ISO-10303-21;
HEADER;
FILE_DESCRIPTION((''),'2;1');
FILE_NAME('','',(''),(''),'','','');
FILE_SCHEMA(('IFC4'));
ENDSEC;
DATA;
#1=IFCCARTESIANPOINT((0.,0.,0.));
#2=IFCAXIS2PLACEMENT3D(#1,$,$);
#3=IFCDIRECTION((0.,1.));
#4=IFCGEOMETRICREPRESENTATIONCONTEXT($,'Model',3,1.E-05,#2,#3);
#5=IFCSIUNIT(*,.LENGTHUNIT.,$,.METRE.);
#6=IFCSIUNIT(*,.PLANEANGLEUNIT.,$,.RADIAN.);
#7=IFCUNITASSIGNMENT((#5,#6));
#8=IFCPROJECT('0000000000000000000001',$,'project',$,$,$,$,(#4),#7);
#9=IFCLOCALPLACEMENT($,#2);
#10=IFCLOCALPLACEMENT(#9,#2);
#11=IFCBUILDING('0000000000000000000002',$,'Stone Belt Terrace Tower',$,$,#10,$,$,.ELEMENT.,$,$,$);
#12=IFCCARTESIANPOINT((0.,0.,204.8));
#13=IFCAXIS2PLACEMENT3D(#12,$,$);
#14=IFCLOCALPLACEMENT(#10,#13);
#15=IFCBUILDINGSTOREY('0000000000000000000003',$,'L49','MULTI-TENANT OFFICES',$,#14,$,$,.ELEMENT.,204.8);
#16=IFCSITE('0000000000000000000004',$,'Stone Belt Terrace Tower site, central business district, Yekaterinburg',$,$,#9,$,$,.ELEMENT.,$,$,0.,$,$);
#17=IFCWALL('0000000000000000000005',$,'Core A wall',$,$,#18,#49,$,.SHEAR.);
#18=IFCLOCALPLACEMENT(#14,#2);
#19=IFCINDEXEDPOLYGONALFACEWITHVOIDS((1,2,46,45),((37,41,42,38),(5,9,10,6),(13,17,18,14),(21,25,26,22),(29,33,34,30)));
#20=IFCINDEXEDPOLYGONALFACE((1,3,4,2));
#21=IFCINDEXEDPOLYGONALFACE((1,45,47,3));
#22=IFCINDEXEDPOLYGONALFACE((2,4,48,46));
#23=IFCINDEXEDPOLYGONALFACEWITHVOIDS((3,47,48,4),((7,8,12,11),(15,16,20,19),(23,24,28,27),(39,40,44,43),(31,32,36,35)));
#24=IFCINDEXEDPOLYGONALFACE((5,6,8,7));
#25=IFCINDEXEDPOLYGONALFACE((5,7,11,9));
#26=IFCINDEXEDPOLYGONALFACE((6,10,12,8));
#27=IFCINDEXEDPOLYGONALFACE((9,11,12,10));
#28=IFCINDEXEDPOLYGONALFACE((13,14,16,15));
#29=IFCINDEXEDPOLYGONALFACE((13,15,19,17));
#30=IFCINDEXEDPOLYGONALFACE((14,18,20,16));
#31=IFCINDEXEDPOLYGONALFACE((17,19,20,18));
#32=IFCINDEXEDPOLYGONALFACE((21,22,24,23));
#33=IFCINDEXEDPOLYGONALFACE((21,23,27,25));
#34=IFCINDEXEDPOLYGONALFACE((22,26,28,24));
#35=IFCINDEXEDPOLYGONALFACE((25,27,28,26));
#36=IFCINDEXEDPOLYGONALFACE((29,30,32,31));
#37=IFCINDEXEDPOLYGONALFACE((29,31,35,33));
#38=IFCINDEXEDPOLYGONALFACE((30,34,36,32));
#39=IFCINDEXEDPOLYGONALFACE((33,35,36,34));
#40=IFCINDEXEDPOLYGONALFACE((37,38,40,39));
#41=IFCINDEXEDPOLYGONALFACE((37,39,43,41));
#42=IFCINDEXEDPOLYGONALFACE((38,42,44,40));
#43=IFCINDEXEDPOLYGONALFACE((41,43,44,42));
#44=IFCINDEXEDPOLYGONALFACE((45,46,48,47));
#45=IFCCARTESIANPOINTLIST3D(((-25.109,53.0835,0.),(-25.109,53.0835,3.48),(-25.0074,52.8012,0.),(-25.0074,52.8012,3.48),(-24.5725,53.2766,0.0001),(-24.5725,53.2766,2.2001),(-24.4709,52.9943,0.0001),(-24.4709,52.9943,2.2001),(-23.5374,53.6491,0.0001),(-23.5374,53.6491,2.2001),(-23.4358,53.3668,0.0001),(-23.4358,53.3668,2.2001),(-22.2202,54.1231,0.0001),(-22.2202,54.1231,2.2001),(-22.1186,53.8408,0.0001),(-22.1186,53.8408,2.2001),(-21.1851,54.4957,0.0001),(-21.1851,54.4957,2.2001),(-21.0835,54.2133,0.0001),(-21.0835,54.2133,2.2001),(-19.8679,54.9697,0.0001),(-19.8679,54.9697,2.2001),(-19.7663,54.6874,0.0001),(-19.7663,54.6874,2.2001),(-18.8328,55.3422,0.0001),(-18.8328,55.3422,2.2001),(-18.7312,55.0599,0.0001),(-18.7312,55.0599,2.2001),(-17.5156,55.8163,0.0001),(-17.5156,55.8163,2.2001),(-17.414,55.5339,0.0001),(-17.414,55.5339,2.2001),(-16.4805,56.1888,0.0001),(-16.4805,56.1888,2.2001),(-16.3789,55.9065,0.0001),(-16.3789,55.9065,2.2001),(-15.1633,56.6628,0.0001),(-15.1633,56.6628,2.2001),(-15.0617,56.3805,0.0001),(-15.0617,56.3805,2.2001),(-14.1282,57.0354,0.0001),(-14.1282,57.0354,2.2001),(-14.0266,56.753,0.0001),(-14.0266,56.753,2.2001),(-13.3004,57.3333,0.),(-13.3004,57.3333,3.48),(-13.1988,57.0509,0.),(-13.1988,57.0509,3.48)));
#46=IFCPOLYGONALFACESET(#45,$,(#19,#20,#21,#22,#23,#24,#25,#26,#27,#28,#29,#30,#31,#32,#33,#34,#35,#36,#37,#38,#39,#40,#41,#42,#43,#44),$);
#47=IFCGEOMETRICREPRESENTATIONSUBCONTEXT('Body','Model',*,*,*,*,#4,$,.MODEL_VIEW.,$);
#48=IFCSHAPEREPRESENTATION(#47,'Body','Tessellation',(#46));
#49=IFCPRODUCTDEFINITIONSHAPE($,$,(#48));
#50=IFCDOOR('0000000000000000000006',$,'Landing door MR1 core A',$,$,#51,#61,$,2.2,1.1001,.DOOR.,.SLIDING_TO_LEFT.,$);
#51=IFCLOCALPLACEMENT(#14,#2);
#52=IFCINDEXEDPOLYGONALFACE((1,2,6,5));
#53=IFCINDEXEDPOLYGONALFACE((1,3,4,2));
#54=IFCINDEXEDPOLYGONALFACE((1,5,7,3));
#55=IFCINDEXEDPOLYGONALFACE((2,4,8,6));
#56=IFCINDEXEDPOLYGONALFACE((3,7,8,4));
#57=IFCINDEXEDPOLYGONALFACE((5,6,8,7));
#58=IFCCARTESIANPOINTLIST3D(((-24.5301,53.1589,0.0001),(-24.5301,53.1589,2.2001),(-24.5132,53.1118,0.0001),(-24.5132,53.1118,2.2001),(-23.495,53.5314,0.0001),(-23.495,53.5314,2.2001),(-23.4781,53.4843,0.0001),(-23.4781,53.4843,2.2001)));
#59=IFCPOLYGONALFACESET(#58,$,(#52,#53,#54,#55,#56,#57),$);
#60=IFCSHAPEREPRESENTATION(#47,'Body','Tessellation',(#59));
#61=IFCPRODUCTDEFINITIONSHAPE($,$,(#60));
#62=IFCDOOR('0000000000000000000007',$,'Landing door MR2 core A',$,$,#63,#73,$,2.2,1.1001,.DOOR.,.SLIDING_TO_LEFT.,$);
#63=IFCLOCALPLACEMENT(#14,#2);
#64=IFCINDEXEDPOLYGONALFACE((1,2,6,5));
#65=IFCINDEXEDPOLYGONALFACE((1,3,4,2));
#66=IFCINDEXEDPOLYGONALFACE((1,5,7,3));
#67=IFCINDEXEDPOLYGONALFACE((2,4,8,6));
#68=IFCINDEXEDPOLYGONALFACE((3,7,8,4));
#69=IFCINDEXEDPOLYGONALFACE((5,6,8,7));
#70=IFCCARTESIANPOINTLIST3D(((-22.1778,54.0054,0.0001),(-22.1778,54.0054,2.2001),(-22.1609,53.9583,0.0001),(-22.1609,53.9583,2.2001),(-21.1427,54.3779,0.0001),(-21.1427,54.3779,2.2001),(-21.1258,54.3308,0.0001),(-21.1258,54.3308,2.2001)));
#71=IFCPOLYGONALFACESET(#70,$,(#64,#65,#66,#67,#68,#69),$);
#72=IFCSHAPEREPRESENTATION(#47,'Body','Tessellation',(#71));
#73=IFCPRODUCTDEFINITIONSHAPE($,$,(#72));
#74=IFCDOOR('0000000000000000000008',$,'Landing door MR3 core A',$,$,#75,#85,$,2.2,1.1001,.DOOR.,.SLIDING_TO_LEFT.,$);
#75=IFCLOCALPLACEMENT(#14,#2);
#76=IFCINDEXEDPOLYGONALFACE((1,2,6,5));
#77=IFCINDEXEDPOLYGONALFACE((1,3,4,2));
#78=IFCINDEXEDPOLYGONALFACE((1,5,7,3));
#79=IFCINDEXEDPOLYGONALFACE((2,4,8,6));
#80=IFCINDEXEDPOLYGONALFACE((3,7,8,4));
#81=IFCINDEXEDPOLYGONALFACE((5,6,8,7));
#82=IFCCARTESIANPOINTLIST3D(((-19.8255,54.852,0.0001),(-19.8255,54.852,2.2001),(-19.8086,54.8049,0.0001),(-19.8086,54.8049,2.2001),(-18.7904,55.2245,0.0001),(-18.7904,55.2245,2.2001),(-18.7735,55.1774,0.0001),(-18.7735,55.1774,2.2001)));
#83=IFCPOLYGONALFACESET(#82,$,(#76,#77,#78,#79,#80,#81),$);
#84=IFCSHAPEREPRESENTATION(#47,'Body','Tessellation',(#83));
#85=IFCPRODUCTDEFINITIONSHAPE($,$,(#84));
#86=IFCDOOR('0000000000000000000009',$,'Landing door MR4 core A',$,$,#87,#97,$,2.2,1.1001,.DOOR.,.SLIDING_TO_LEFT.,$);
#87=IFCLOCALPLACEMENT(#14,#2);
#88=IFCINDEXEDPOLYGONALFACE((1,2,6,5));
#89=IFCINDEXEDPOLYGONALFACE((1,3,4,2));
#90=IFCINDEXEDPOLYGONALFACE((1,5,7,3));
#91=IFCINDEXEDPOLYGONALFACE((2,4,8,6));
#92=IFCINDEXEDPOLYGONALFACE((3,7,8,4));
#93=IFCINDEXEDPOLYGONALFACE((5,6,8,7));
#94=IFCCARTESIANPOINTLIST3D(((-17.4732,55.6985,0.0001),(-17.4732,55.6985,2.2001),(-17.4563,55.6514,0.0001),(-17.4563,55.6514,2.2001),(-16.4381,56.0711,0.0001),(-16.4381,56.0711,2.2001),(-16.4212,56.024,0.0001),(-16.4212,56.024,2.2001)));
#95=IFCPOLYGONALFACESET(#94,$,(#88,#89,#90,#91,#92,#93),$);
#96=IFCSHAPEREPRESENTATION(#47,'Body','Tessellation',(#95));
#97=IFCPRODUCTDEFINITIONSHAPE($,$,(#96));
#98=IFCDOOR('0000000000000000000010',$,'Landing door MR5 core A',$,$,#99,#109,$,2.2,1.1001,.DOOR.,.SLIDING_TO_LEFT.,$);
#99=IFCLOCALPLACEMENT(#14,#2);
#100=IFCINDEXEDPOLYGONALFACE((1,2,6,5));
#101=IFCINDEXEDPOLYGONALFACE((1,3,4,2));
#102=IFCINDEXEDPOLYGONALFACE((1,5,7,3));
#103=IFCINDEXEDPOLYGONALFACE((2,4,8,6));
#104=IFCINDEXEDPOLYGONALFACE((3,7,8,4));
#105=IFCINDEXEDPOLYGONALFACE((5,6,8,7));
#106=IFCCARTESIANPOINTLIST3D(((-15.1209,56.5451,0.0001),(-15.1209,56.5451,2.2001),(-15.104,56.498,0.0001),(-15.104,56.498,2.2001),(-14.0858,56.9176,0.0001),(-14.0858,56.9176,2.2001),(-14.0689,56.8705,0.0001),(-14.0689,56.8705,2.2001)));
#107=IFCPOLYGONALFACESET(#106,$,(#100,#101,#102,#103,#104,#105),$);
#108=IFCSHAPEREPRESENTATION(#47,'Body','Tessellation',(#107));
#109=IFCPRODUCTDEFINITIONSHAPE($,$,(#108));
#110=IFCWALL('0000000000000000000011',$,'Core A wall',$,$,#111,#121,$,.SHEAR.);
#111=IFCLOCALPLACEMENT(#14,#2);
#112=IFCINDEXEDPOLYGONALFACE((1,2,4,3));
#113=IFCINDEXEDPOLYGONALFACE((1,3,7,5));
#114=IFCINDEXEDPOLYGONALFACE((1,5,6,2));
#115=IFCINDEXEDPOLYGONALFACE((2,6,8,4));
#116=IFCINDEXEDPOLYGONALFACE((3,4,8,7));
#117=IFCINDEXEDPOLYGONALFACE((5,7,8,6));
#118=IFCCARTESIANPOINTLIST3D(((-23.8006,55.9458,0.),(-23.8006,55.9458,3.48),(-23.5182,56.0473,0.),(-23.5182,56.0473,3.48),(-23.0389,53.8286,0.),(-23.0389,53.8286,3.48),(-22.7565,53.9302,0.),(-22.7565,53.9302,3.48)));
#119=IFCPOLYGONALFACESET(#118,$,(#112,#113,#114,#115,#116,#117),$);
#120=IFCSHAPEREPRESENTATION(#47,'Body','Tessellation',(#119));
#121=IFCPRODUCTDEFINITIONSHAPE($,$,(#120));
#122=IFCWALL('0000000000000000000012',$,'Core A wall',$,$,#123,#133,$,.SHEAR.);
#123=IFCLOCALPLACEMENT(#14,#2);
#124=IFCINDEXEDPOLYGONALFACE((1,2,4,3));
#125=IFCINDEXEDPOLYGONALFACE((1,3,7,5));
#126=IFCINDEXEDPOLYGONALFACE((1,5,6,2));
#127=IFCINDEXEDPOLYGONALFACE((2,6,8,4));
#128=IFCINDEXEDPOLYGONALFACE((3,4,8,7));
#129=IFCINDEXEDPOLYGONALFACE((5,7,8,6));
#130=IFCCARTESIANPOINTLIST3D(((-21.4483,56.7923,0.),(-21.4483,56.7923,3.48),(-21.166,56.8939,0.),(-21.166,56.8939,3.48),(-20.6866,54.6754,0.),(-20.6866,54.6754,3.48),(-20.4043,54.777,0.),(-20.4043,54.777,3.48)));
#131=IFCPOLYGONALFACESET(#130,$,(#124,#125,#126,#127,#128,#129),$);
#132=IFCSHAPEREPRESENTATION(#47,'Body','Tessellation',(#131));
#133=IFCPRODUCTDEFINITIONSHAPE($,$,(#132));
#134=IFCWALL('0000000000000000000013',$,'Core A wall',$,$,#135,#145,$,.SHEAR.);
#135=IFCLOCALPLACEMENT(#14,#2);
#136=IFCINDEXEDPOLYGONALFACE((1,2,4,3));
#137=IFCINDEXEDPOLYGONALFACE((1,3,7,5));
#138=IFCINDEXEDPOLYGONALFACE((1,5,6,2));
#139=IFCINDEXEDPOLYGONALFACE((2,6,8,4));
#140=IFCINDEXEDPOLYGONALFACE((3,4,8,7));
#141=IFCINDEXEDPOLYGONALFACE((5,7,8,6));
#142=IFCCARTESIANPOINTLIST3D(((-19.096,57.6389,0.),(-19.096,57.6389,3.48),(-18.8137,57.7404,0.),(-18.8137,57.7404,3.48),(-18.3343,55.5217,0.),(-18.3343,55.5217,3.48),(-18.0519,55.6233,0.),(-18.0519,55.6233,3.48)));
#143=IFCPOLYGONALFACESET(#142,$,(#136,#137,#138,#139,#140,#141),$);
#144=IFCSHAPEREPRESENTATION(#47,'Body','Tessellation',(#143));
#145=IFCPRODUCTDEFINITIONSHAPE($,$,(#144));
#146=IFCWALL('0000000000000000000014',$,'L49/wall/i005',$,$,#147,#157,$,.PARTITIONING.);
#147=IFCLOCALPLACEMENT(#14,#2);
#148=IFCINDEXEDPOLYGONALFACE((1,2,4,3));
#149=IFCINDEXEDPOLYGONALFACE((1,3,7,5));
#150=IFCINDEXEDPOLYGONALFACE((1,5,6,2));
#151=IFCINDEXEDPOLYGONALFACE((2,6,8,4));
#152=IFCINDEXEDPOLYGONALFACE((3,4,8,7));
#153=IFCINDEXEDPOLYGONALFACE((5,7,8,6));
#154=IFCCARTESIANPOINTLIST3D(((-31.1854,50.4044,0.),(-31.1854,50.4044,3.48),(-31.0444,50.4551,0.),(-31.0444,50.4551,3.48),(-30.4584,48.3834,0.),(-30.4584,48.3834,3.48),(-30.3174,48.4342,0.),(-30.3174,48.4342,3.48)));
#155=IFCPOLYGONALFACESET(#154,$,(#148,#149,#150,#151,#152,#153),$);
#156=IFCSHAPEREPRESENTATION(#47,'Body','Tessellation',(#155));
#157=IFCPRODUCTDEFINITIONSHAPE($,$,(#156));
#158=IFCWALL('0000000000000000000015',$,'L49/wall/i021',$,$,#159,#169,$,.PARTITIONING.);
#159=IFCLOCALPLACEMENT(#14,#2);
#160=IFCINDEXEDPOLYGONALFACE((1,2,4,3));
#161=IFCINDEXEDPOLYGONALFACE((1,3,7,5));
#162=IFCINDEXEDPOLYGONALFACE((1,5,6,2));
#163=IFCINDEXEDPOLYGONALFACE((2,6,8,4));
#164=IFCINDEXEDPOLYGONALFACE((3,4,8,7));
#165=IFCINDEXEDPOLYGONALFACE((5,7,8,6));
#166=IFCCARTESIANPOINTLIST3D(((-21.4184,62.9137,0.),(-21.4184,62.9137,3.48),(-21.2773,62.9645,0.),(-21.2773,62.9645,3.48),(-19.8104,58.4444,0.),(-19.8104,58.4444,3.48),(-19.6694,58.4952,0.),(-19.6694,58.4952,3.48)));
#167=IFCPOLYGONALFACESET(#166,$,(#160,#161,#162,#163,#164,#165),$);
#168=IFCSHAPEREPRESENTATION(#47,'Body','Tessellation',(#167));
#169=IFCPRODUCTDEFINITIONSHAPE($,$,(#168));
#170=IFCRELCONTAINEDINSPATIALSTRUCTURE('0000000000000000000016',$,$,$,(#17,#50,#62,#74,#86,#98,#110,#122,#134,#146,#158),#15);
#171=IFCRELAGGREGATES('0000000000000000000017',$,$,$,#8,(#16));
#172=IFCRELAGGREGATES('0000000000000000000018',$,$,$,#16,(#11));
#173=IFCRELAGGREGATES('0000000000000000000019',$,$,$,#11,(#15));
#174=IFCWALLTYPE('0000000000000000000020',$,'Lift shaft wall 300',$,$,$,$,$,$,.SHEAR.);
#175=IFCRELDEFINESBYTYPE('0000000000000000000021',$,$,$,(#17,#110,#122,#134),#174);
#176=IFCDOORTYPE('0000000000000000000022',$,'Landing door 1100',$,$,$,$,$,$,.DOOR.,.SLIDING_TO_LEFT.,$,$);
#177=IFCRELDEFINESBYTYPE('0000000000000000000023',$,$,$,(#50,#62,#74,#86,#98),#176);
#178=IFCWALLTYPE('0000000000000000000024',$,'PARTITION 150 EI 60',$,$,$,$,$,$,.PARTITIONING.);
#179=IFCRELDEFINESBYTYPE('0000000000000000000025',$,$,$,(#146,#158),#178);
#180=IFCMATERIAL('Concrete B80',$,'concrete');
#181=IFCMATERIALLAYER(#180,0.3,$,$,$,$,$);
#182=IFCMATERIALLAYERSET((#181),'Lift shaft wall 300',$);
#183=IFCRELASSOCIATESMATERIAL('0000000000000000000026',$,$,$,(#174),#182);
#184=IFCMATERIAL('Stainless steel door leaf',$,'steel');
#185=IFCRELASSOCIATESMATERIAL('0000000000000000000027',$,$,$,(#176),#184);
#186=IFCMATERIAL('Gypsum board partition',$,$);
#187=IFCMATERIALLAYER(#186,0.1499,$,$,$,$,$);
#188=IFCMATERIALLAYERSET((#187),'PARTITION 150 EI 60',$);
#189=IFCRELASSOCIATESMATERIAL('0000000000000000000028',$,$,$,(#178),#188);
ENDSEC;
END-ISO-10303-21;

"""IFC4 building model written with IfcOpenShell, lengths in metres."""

from ifc_helpers import new_model, si_unit, direction, frame, frame_2d, origin, place, context, subcontext, project, spatial, rectangle, extrude, material, layer, layer_set, type_object, element, fill, save


model = new_model("IFC4")

# Units and contexts
model_context = context("Model", 3, precision=1e-05, world=origin(), true_north=direction((0.0, 1.0)))
body_context = subcontext(model_context, "Body", "Model", "MODEL_VIEW")
ifc_project = project(units=[si_unit("LENGTHUNIT", "METRE"), si_unit("PLANEANGLEUNIT", "RADIAN")], contexts=[model_context])

# Site, building, storey
site_placement = place(None, origin())
site = spatial("IfcSite", under=ifc_project, at=site_placement, Name="Stone Belt Terrace Tower site, central business district, Yekaterinburg", CompositionType="ELEMENT", RefElevation=0.0)
building_placement = place(site_placement, origin())
building = spatial("IfcBuilding", under=site, at=building_placement, Name="Stone Belt Terrace Tower", CompositionType="ELEMENT")
storey_placement = place(building_placement, frame((0.0, 0.0, 204.8)))
storey = spatial("IfcBuildingStorey", under=building, at=storey_placement, Name="L49", Description="MULTI-TENANT OFFICES", CompositionType="ELEMENT", Elevation=204.8)

# Shared definitions
ifc_material_1 = material(Name="Concrete B80", Category="concrete")

# Shared definitions
ifc_layer_1 = layer(ifc_material_1, 0.3)
ifc_layer_set_1 = layer_set([ifc_layer_1], Name="Lift shaft wall 300")
wall_type_1 = type_object("IfcWallType", Name="Lift shaft wall 300", PredefinedType="SHEAR", material=ifc_layer_set_1)
ifc_material_2 = material(Name="Stainless steel door leaf", Category="steel")

# Wall, openings, doors
wall_1_placement = place(storey_placement, frame((-25.0581, 52.9424, 0.0), z_axis=(0.0, 0.0, 1.0), x_axis=(0.940921, 0.338625, 0.0)))
wall_1 = element("IfcWall", 1, at=wall_1_placement, inside=storey, type_object=wall_type_1, Name="Core A wall", PredefinedType="SHEAR", context=body_context, shape_type="SweptSolid", body=[
    extrude(rectangle(XDim=12.55, YDim=0.3, at=frame_2d((6.2749, 0.0))), origin(), (0.0, 0.0, 1.0), 3.48),
])
opening_1_placement = place(wall_1_placement, frame((0.5701, 0.0, 0.0)))
opening_1 = element("IfcOpeningElement", 2, at=opening_1_placement, cuts=wall_1, PredefinedType="OPENING", context=body_context, shape_type="SweptSolid", body=[
    extrude(rectangle(XDim=1.1001, YDim=2.2, at=frame_2d((0.55, 1.1001))), frame((0.0, 0.1599, 0.0), z_axis=(0.0, -1.0, 0.0), x_axis=(1.0, 0.0, 0.0)), (0.0, 0.0, 1.0), 0.3201),
])
opening_2_placement = place(wall_1_placement, frame((3.0701, 0.0, 0.0)))
opening_2 = element("IfcOpeningElement", 3, at=opening_2_placement, cuts=wall_1, PredefinedType="OPENING", context=body_context, shape_type="SweptSolid", body=[
    extrude(rectangle(XDim=1.1001, YDim=2.2, at=frame_2d((0.55, 1.1001))), frame((0.0, 0.1599, 0.0), z_axis=(0.0, -1.0, 0.0), x_axis=(1.0, 0.0, 0.0)), (0.0, 0.0, 1.0), 0.3201),
])
opening_3_placement = place(wall_1_placement, frame((5.5701, 0.0, 0.0)))
opening_3 = element("IfcOpeningElement", 4, at=opening_3_placement, cuts=wall_1, PredefinedType="OPENING", context=body_context, shape_type="SweptSolid", body=[
    extrude(rectangle(XDim=1.1001, YDim=2.2, at=frame_2d((0.55, 1.1001))), frame((0.0, 0.1599, 0.0), z_axis=(0.0, -1.0, 0.0), x_axis=(1.0, 0.0, 0.0)), (0.0, 0.0, 1.0), 0.3201),
])
opening_4_placement = place(wall_1_placement, frame((8.0701, 0.0, 0.0)))
opening_4 = element("IfcOpeningElement", 5, at=opening_4_placement, cuts=wall_1, PredefinedType="OPENING", context=body_context, shape_type="SweptSolid", body=[
    extrude(rectangle(XDim=1.1001, YDim=2.2, at=frame_2d((0.55, 1.1001))), frame((0.0, 0.1599, 0.0), z_axis=(0.0, -1.0, 0.0), x_axis=(1.0, 0.0, 0.0)), (0.0, 0.0, 1.0), 0.3201),
])
opening_5_placement = place(wall_1_placement, frame((10.5701, 0.0, 0.0)))
opening_5 = element("IfcOpeningElement", 6, at=opening_5_placement, cuts=wall_1, PredefinedType="OPENING", context=body_context, shape_type="SweptSolid", body=[
    extrude(rectangle(XDim=1.1001, YDim=2.2, at=frame_2d((0.55, 1.1001))), frame((0.0, 0.1599, 0.0), z_axis=(0.0, -1.0, 0.0), x_axis=(1.0, 0.0, 0.0)), (0.0, 0.0, 1.0), 0.3201),
])
door_type_1 = type_object("IfcDoorType", Name="Landing door 1100", OperationType="SLIDING_TO_LEFT", PredefinedType="DOOR", material=ifc_material_2)
door_1_placement = place(opening_1_placement, origin())
door_1 = element("IfcDoor", 7, at=door_1_placement, inside=storey, type_object=door_type_1, Name="Landing door MR1 core A", OperationType="SLIDING_TO_LEFT", OverallHeight=2.2, OverallWidth=1.1001, PredefinedType="DOOR", context=body_context, shape_type="SweptSolid", body=[
    extrude(rectangle(XDim=1.1001, YDim=2.2, at=frame_2d((0.55, 1.1001))), frame((0.0, 0.0249, 0.0), z_axis=(0.0, -1.0, 0.0), x_axis=(1.0, 0.0, 0.0)), (0.0, 0.0, 1.0), 0.05),
])
fill(opening_1, door_1)
door_2_placement = place(opening_2_placement, origin())
door_2 = element("IfcDoor", 8, at=door_2_placement, inside=storey, type_object=door_type_1, Name="Landing door MR2 core A", OperationType="SLIDING_TO_LEFT", OverallHeight=2.2, OverallWidth=1.1001, PredefinedType="DOOR", context=body_context, shape_type="SweptSolid", body=[
    extrude(rectangle(XDim=1.1001, YDim=2.2, at=frame_2d((0.55, 1.1001))), frame((0.0, 0.0249, 0.0), z_axis=(0.0, -1.0, 0.0), x_axis=(1.0, 0.0, 0.0)), (0.0, 0.0, 1.0), 0.05),
])
fill(opening_2, door_2)
door_3_placement = place(opening_3_placement, origin())
door_3 = element("IfcDoor", 9, at=door_3_placement, inside=storey, type_object=door_type_1, Name="Landing door MR3 core A", OperationType="SLIDING_TO_LEFT", OverallHeight=2.2, OverallWidth=1.1001, PredefinedType="DOOR", context=body_context, shape_type="SweptSolid", body=[
    extrude(rectangle(XDim=1.1001, YDim=2.2, at=frame_2d((0.55, 1.1001))), frame((0.0, 0.0249, 0.0), z_axis=(0.0, -1.0, 0.0), x_axis=(1.0, 0.0, 0.0)), (0.0, 0.0, 1.0), 0.05),
])
fill(opening_3, door_3)
door_4_placement = place(opening_4_placement, origin())
door_4 = element("IfcDoor", 10, at=door_4_placement, inside=storey, type_object=door_type_1, Name="Landing door MR4 core A", OperationType="SLIDING_TO_LEFT", OverallHeight=2.2, OverallWidth=1.1001, PredefinedType="DOOR", context=body_context, shape_type="SweptSolid", body=[
    extrude(rectangle(XDim=1.1001, YDim=2.2, at=frame_2d((0.55, 1.1001))), frame((0.0, 0.0249, 0.0), z_axis=(0.0, -1.0, 0.0), x_axis=(1.0, 0.0, 0.0)), (0.0, 0.0, 1.0), 0.05),
])
fill(opening_4, door_4)
door_5_placement = place(opening_5_placement, origin())
door_5 = element("IfcDoor", 11, at=door_5_placement, inside=storey, type_object=door_type_1, Name="Landing door MR5 core A", OperationType="SLIDING_TO_LEFT", OverallHeight=2.2, OverallWidth=1.1001, PredefinedType="DOOR", context=body_context, shape_type="SweptSolid", body=[
    extrude(rectangle(XDim=1.1001, YDim=2.2, at=frame_2d((0.55, 1.1001))), frame((0.0, 0.0249, 0.0), z_axis=(0.0, -1.0, 0.0), x_axis=(1.0, 0.0, 0.0)), (0.0, 0.0, 1.0), 0.05),
])
fill(opening_5, door_5)

# Walls
wall_2_placement = place(storey_placement, frame((-22.8977, 53.8794, 0.0), z_axis=(0.0, 0.0, 1.0), x_axis=(-0.338535, 0.940954, 0.0)))
element("IfcWall", 12, at=wall_2_placement, inside=storey, type_object=wall_type_1, Name="Core A wall", PredefinedType="SHEAR", context=body_context, shape_type="SweptSolid", body=[
    extrude(rectangle(XDim=2.25, YDim=0.3, at=frame_2d((1.125, 0.0))), origin(), (0.0, 0.0, 1.0), 3.48),
])
wall_3_placement = place(storey_placement, frame((-20.5454, 54.7261, 0.0), z_axis=(0.0, 0.0, 1.0), x_axis=(-0.33857, 0.940941, 0.0)))
element("IfcWall", 13, at=wall_3_placement, inside=storey, type_object=wall_type_1, Name="Core A wall", PredefinedType="SHEAR", context=body_context, shape_type="SweptSolid", body=[
    extrude(rectangle(XDim=2.2498, YDim=0.3, at=frame_2d((1.125, 0.0))), origin(), (0.0, 0.0, 1.0), 3.48),
])
wall_4_placement = place(storey_placement, frame((-18.1931, 55.5725, 0.0), z_axis=(0.0, 0.0, 1.0), x_axis=(-0.338535, 0.940954, 0.0)))
element("IfcWall", 14, at=wall_4_placement, inside=storey, type_object=wall_type_1, Name="Core A wall", PredefinedType="SHEAR", context=body_context, shape_type="SweptSolid", body=[
    extrude(rectangle(XDim=2.25, YDim=0.3, at=frame_2d((1.125, 0.0))), origin(), (0.0, 0.0, 1.0), 3.48),
])
ifc_material_3 = material(Name="Gypsum board partition")
ifc_layer_2 = layer(ifc_material_3, 0.1499)
ifc_layer_set_2 = layer_set([ifc_layer_2], Name="PARTITION 150 EI 60")
wall_type_2 = type_object("IfcWallType", Name="PARTITION 150 EI 60", PredefinedType="PARTITIONING", material=ifc_layer_set_2)
wall_5_placement = place(storey_placement, frame((-30.3879, 48.4089, 0.0), z_axis=(0.0, 0.0, 1.0), x_axis=(-0.33851, 0.940963, 0.0)))
element("IfcWall", 15, at=wall_5_placement, inside=storey, type_object=wall_type_2, Name="L49/wall/i005", PredefinedType="PARTITIONING", context=body_context, shape_type="SweptSolid", body=[
    extrude(rectangle(XDim=2.1477, YDim=0.1499, at=frame_2d((1.0737, 0.0))), origin(), (0.0, 0.0, 1.0), 3.48),
])
wall_6_placement = place(storey_placement, frame((-21.3479, 62.9392, 0.0), z_axis=(0.0, 0.0, 1.0), x_axis=(0.33853, -0.940956, 0.0)))
element("IfcWall", 16, at=wall_6_placement, inside=storey, type_object=wall_type_2, Name="L49/wall/i021", PredefinedType="PARTITIONING", context=body_context, shape_type="SweptSolid", body=[
    extrude(rectangle(XDim=4.7498, YDim=0.1499, at=frame_2d((2.375, 0.0))), origin(), (0.0, 0.0, 1.0), 3.48),
])

save(model, "model.ifc")
